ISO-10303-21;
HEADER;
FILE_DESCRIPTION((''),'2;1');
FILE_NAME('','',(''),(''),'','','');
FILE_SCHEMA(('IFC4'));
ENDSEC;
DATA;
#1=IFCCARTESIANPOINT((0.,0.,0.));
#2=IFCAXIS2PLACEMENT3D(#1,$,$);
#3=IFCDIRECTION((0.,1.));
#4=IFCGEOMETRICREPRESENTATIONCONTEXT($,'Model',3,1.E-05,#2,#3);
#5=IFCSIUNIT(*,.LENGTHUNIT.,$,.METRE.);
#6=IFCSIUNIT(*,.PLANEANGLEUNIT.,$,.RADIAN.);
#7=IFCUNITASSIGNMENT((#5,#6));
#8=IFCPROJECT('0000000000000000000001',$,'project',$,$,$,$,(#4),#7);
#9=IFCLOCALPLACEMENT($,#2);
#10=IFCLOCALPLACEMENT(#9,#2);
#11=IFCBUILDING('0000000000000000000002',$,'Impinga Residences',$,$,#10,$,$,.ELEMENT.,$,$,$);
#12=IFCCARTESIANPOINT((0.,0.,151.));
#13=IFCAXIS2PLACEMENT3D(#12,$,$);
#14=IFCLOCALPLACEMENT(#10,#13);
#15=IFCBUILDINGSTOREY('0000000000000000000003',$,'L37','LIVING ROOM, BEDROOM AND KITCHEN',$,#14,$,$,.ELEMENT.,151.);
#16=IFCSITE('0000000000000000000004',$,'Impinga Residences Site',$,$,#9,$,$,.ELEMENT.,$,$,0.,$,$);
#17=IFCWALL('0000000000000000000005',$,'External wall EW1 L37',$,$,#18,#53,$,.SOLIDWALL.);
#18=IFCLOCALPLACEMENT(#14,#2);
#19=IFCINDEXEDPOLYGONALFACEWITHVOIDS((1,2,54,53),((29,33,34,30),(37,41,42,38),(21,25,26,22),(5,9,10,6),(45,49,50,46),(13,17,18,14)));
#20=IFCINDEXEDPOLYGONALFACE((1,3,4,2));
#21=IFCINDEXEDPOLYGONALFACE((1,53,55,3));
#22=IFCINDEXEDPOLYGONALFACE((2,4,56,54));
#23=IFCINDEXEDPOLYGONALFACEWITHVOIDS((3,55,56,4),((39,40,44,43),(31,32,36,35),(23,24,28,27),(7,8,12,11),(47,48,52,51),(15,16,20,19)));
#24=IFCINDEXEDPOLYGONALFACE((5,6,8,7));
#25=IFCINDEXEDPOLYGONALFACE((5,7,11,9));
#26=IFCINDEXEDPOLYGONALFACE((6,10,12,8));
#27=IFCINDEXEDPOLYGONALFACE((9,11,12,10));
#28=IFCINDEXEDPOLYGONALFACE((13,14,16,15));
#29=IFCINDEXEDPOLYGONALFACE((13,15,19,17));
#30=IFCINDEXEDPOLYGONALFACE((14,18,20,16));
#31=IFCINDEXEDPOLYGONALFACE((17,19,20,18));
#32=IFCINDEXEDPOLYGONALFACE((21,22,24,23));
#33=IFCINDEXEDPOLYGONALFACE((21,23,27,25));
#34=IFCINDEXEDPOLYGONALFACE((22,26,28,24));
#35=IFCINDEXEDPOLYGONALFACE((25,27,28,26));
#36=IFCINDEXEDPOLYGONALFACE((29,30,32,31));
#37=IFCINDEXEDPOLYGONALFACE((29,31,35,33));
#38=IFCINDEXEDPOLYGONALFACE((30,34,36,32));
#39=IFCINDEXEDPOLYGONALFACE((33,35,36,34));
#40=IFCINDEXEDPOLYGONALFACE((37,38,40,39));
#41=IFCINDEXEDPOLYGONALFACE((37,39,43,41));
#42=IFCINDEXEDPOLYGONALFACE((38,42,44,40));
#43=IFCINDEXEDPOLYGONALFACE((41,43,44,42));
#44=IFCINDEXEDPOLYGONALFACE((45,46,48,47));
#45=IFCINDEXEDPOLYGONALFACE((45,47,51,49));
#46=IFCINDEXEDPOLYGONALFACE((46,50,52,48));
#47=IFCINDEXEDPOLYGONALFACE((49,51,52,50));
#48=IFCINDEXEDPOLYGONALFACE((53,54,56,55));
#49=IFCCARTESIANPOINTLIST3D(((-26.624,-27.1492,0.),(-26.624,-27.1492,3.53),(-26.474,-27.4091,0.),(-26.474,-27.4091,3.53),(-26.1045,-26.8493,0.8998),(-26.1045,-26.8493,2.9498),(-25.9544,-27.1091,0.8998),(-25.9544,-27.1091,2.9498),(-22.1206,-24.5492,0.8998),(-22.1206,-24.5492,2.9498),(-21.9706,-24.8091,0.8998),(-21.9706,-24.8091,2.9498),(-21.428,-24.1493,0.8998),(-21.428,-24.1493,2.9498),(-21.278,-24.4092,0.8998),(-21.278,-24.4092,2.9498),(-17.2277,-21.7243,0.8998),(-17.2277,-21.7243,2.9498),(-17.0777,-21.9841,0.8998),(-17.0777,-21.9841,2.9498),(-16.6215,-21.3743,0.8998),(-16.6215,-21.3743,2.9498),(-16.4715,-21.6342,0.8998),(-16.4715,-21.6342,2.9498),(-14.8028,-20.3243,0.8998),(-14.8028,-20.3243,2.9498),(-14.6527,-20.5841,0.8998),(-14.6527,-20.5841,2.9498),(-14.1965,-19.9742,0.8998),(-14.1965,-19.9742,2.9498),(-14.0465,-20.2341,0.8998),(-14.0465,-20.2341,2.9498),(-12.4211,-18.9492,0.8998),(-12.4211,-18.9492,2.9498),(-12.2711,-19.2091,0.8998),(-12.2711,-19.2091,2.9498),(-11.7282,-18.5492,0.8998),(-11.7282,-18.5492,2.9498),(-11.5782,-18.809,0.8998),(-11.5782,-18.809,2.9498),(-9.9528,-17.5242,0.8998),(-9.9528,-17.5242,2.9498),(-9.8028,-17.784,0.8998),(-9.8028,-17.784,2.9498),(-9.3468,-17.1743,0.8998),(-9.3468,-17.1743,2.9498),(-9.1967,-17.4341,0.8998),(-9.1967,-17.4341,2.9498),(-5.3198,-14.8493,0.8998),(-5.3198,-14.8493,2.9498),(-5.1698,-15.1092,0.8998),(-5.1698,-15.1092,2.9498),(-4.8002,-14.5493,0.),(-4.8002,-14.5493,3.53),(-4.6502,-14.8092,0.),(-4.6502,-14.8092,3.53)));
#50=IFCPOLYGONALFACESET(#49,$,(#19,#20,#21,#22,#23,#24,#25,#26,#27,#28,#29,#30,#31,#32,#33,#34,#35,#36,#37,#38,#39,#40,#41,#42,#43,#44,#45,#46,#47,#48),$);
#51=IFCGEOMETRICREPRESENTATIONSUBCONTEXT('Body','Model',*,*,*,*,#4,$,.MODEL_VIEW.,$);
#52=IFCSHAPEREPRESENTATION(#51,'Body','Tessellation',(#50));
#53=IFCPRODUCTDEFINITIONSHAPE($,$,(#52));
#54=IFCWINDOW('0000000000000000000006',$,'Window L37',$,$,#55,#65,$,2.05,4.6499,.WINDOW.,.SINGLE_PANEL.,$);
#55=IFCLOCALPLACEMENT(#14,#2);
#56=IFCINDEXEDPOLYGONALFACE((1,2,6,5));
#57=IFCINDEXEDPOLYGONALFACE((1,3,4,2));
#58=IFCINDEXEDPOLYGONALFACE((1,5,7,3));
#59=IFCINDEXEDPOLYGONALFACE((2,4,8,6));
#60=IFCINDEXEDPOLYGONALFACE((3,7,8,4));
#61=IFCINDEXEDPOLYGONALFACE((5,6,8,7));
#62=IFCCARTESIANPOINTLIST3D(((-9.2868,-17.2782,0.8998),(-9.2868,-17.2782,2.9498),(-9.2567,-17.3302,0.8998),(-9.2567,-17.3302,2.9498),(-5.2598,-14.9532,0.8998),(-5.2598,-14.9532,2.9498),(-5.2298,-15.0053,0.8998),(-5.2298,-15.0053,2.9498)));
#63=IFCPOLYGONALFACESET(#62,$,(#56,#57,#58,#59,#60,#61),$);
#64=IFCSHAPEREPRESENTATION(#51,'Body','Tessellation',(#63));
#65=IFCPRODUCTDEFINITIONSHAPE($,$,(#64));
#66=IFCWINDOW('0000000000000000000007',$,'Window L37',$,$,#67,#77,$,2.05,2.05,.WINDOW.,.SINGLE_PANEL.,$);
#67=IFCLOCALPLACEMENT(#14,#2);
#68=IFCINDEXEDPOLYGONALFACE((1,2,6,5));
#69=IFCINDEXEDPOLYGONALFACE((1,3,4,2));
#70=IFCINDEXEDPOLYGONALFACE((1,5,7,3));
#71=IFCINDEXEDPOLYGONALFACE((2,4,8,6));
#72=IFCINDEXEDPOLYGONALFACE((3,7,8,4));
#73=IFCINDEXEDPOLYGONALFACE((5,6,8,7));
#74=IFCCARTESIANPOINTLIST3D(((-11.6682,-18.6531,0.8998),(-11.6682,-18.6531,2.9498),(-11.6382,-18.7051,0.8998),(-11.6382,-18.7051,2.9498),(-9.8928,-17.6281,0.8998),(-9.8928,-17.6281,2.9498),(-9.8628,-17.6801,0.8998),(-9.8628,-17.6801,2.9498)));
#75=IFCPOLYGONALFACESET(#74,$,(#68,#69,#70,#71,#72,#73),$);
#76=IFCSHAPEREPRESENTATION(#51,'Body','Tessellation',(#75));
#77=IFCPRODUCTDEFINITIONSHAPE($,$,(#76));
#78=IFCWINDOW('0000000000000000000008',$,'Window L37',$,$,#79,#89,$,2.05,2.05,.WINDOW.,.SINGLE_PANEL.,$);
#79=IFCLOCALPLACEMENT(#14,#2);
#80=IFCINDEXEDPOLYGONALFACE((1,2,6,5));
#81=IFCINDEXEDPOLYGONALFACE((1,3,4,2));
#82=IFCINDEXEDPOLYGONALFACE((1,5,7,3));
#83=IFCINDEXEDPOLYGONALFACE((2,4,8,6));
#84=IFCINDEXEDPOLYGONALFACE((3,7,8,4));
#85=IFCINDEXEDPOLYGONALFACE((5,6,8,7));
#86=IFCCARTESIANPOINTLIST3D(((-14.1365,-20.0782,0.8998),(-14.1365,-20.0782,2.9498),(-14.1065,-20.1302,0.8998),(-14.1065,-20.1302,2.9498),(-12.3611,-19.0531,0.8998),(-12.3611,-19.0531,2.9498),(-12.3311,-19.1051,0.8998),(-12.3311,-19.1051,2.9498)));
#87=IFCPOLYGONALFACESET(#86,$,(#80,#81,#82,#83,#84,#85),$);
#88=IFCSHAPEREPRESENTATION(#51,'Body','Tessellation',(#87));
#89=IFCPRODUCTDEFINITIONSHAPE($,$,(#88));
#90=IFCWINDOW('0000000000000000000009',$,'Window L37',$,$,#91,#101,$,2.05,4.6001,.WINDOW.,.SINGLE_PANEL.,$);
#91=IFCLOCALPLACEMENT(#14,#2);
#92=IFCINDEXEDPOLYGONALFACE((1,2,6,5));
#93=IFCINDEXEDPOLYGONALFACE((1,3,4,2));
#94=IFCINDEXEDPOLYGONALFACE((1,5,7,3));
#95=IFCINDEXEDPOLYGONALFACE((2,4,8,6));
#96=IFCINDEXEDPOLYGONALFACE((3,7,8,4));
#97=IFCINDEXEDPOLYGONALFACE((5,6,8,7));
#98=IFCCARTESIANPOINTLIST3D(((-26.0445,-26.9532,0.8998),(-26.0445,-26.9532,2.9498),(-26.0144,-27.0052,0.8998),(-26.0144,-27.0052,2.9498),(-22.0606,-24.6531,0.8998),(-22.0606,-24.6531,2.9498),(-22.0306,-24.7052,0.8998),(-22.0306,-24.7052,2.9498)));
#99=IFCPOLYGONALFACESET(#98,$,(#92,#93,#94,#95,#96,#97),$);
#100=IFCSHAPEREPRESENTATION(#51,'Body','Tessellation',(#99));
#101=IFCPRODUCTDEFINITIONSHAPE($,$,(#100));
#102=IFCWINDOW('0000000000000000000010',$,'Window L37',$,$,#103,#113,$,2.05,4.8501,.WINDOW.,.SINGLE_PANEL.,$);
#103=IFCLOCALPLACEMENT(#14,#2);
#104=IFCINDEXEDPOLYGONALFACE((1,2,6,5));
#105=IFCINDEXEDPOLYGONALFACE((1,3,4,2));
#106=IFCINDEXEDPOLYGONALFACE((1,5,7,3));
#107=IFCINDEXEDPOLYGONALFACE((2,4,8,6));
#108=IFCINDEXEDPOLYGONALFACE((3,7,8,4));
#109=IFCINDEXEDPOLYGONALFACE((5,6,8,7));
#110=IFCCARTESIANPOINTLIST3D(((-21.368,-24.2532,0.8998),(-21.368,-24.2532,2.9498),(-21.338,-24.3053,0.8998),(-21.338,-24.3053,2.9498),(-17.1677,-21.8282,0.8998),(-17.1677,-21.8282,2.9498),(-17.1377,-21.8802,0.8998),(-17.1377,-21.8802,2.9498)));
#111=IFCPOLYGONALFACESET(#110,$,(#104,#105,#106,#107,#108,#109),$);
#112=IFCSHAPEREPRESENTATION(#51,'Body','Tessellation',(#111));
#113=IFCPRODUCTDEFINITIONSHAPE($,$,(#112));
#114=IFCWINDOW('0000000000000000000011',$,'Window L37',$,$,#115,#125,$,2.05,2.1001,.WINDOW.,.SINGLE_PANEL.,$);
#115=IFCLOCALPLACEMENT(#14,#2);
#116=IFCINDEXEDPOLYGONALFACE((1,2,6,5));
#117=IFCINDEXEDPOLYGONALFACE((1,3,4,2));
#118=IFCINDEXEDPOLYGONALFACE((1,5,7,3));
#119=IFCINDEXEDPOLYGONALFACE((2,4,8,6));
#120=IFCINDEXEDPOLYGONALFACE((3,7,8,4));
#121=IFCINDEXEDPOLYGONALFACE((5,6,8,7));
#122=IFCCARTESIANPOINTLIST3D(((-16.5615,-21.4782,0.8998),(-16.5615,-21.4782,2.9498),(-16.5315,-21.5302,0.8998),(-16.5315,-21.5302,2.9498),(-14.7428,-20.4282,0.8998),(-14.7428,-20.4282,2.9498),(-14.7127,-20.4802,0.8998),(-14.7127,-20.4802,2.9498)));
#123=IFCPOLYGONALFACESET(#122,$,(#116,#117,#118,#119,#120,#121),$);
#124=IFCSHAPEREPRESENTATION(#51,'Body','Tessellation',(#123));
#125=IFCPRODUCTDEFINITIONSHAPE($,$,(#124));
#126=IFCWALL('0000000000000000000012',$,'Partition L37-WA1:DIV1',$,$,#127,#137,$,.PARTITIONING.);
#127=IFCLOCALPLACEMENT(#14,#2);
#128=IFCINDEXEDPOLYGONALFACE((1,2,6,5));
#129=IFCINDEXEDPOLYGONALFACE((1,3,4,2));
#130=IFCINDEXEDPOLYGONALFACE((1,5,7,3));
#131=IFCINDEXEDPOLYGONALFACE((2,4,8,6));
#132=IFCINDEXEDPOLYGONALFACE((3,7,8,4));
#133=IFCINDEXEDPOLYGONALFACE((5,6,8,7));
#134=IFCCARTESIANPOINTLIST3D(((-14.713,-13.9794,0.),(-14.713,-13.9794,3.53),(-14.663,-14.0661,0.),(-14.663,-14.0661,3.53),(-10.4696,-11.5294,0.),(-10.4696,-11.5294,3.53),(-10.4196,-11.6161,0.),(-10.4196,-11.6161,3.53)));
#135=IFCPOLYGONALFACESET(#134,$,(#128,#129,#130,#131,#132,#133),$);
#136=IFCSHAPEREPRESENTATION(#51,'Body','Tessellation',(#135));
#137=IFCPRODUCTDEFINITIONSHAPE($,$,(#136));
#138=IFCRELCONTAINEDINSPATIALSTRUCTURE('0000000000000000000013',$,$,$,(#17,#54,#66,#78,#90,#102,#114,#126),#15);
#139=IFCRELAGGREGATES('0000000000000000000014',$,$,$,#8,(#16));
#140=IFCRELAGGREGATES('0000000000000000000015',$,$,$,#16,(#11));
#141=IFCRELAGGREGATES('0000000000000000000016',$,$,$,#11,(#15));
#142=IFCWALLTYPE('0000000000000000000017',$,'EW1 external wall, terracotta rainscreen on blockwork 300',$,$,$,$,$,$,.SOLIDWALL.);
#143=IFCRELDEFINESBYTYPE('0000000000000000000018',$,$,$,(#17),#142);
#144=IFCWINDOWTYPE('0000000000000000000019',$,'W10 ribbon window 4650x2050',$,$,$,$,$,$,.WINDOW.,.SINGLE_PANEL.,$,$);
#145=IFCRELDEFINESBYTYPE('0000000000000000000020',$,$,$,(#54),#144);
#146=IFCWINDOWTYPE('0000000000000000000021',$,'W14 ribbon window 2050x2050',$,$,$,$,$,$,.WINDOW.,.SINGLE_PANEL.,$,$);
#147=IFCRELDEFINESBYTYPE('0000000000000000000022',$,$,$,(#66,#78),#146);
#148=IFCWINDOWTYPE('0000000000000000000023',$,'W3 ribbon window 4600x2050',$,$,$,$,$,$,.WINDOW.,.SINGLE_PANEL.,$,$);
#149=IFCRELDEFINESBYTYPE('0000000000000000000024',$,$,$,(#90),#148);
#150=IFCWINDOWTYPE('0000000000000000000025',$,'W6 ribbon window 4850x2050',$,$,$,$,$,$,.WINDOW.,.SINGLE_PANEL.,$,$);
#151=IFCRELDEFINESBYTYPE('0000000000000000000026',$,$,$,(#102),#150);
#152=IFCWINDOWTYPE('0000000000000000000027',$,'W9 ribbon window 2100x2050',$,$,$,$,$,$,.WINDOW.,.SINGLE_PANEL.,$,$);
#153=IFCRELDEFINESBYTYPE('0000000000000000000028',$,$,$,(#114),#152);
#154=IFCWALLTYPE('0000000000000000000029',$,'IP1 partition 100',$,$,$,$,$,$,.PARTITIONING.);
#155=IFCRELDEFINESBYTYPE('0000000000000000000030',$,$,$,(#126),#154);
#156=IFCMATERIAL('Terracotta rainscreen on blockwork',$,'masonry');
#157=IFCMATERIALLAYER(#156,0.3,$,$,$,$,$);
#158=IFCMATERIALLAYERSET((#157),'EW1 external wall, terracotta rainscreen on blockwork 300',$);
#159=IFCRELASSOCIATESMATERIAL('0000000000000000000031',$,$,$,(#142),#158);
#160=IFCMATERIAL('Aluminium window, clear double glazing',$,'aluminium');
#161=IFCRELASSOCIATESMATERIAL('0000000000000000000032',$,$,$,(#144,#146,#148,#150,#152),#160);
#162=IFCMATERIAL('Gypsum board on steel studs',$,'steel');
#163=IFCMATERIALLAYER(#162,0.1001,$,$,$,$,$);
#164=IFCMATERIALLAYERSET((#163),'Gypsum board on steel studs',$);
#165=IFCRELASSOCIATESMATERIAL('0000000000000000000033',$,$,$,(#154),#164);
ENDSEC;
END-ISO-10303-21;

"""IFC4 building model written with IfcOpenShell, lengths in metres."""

from ifc_helpers import new_model, si_unit, direction, frame, frame_2d, origin, place, context, subcontext, project, spatial, rectangle, extrude, material, layer, layer_set, type_object, element, fill, save


model = new_model("IFC4")

# Units and contexts
model_context = context("Model", 3, precision=1e-05, world=origin(), true_north=direction((0.0, 1.0)))
body_context = subcontext(model_context, "Body", "Model", "MODEL_VIEW")
ifc_project = project(units=[si_unit("LENGTHUNIT", "METRE"), si_unit("PLANEANGLEUNIT", "RADIAN")], contexts=[model_context])

# Site, building, storey
site_placement = place(None, origin())
site = spatial("IfcSite", under=ifc_project, at=site_placement, Name="Impinga Residences Site", CompositionType="ELEMENT", RefElevation=0.0)
building_placement = place(site_placement, origin())
building = spatial("IfcBuilding", under=site, at=building_placement, Name="Impinga Residences", CompositionType="ELEMENT")
storey_placement = place(building_placement, frame((0.0, 0.0, 151.0)))
storey = spatial("IfcBuildingStorey", under=building, at=storey_placement, Name="L37", Description="LIVING ROOM, BEDROOM AND KITCHEN", CompositionType="ELEMENT", Elevation=151.0)

# Shared definitions
ifc_material_1 = material(Name="Terracotta rainscreen on blockwork", Category="masonry")
ifc_layer_1 = layer(ifc_material_1, 0.3)
ifc_layer_set_1 = layer_set([ifc_layer_1], Name="EW1 external wall, terracotta rainscreen on blockwork 300")
wall_type_1 = type_object("IfcWallType", Name="EW1 external wall, terracotta rainscreen on blockwork 300", PredefinedType="SOLIDWALL", material=ifc_layer_set_1)

# Wall, openings, windows
wall_1_placement = place(storey_placement, frame((-4.7251, -14.6792, 0.0), z_axis=(0.0, 0.0, 1.0), x_axis=(-0.866027, -0.499998, 0.0)))
wall_1 = element("IfcWall", 1, at=wall_1_placement, inside=storey, type_object=wall_type_1, Name="External wall EW1 L37", PredefinedType="SOLIDWALL", context=body_context, shape_type="SweptSolid", body=[
    extrude(rectangle(XDim=25.2, YDim=0.3, at=frame_2d((12.6001, 0.0))), origin(), (0.0, 0.0, 1.0), 3.53),
])
opening_1_placement = place(wall_1_placement, frame((0.6001, 0.0, 0.8999)))
opening_1 = element("IfcOpeningElement", 2, at=opening_1_placement, cuts=wall_1, PredefinedType="OPENING", context=body_context, shape_type="SweptSolid", body=[
    extrude(rectangle(XDim=4.6499, YDim=2.05, at=frame_2d((2.325, 1.0249))), frame((0.0, 0.1599, 0.0), z_axis=(0.0, -1.0, 0.0), x_axis=(1.0, 0.0, 0.0)), (0.0, 0.0, 1.0), 0.3201),
])
opening_2_placement = place(wall_1_placement, frame((5.95, 0.0, 0.8999)))
opening_2 = element("IfcOpeningElement", 3, at=opening_2_placement, cuts=wall_1, PredefinedType="OPENING", context=body_context, shape_type="SweptSolid", body=[
    extrude(rectangle(XDim=2.05, YDim=2.05, at=frame_2d((1.0249, 1.0249))), frame((0.0, 0.1599, 0.0), z_axis=(0.0, -1.0, 0.0), x_axis=(1.0, 0.0, 0.0)), (0.0, 0.0, 1.0), 0.3201),
])
opening_3_placement = place(wall_1_placement, frame((8.8, 0.0, 0.8999)))
opening_3 = element("IfcOpeningElement", 4, at=opening_3_placement, cuts=wall_1, PredefinedType="OPENING", context=body_context, shape_type="SweptSolid", body=[
    extrude(rectangle(XDim=2.05, YDim=2.05, at=frame_2d((1.0249, 1.0249))), frame((0.0, 0.1599, 0.0), z_axis=(0.0, -1.0, 0.0), x_axis=(1.0, 0.0, 0.0)), (0.0, 0.0, 1.0), 0.3201),
])
opening_4_placement = place(wall_1_placement, frame((11.55, 0.0, 0.8999)))
opening_4 = element("IfcOpeningElement", 5, at=opening_4_placement, cuts=wall_1, PredefinedType="OPENING", context=body_context, shape_type="SweptSolid", body=[
    extrude(rectangle(XDim=2.1001, YDim=2.05, at=frame_2d((1.05, 1.0249))), frame((0.0, 0.1599, 0.0), z_axis=(0.0, -1.0, 0.0), x_axis=(1.0, 0.0, 0.0)), (0.0, 0.0, 1.0), 0.3201),
])
opening_5_placement = place(wall_1_placement, frame((14.3501, 0.0, 0.8999)))
opening_5 = element("IfcOpeningElement", 6, at=opening_5_placement, cuts=wall_1, PredefinedType="OPENING", context=body_context, shape_type="SweptSolid", body=[
    extrude(rectangle(XDim=4.8501, YDim=2.05, at=frame_2d((2.425, 1.0249))), frame((0.0, 0.1599, 0.0), z_axis=(0.0, -1.0, 0.0), x_axis=(1.0, 0.0, 0.0)), (0.0, 0.0, 1.0), 0.3201),
])
opening_6_placement = place(wall_1_placement, frame((20.0, 0.0, 0.8999)))
opening_6 = element("IfcOpeningElement", 7, at=opening_6_placement, cuts=wall_1, PredefinedType="OPENING", context=body_context, shape_type="SweptSolid", body=[
    extrude(rectangle(XDim=4.6001, YDim=2.05, at=frame_2d((2.3, 1.0249))), frame((0.0, 0.1599, 0.0), z_axis=(0.0, -1.0, 0.0), x_axis=(1.0, 0.0, 0.0)), (0.0, 0.0, 1.0), 0.3201),
])
ifc_material_2 = material(Name="Aluminium window, clear double glazing", Category="aluminium")
window_type_1 = type_object("IfcWindowType", Name="W10 ribbon window 4650x2050", PartitioningType="SINGLE_PANEL", PredefinedType="WINDOW", material=ifc_material_2)
window_1_placement = place(opening_1_placement, origin())
window_1 = element("IfcWindow", 8, at=window_1_placement, inside=storey, type_object=window_type_1, Name="Window L37", OverallHeight=2.05, OverallWidth=4.6499, PartitioningType="SINGLE_PANEL", PredefinedType="WINDOW", context=body_context, shape_type="SweptSolid", body=[
    extrude(rectangle(XDim=4.6499, YDim=2.05, at=frame_2d((2.325, 1.0249))), frame((0.0, 0.03, 0.0), z_axis=(0.0, -1.0, 0.0), x_axis=(1.0, 0.0, 0.0)), (0.0, 0.0, 1.0), 0.0601),
])
fill(opening_1, window_1)
window_type_2 = type_object("IfcWindowType", Name="W14 ribbon window 2050x2050", PartitioningType="SINGLE_PANEL", PredefinedType="WINDOW", material=ifc_material_2)
window_2_placement = place(opening_2_placement, origin())
window_2 = element("IfcWindow", 9, at=window_2_placement, inside=storey, type_object=window_type_2, Name="Window L37", OverallHeight=2.05, OverallWidth=2.05, PartitioningType="SINGLE_PANEL", PredefinedType="WINDOW", context=body_context, shape_type="SweptSolid", body=[
    extrude(rectangle(XDim=2.05, YDim=2.05, at=frame_2d((1.0249, 1.0249))), frame((0.0, 0.03, 0.0), z_axis=(0.0, -1.0, 0.0), x_axis=(1.0, 0.0, 0.0)), (0.0, 0.0, 1.0), 0.0601),
])
fill(opening_2, window_2)
window_3_placement = place(opening_3_placement, origin())
window_3 = element("IfcWindow", 10, at=window_3_placement, inside=storey, type_object=window_type_2, Name="Window L37", OverallHeight=2.05, OverallWidth=2.05, PartitioningType="SINGLE_PANEL", PredefinedType="WINDOW", context=body_context, shape_type="SweptSolid", body=[
    extrude(rectangle(XDim=2.05, YDim=2.05, at=frame_2d((1.0249, 1.0249))), frame((0.0, 0.03, 0.0), z_axis=(0.0, -1.0, 0.0), x_axis=(1.0, 0.0, 0.0)), (0.0, 0.0, 1.0), 0.0601),
])
fill(opening_3, window_3)
window_type_3 = type_object("IfcWindowType", Name="W3 ribbon window 4600x2050", PartitioningType="SINGLE_PANEL", PredefinedType="WINDOW", material=ifc_material_2)
window_4_placement = place(opening_6_placement, origin())
window_4 = element("IfcWindow", 11, at=window_4_placement, inside=storey, type_object=window_type_3, Name="Window L37", OverallHeight=2.05, OverallWidth=4.6001, PartitioningType="SINGLE_PANEL", PredefinedType="WINDOW", context=body_context, shape_type="SweptSolid", body=[
    extrude(rectangle(XDim=4.6001, YDim=2.05, at=frame_2d((2.3, 1.0249))), frame((0.0, 0.03, 0.0), z_axis=(0.0, -1.0, 0.0), x_axis=(1.0, 0.0, 0.0)), (0.0, 0.0, 1.0), 0.0601),
])
fill(opening_6, window_4)
window_type_4 = type_object("IfcWindowType", Name="W6 ribbon window 4850x2050", PartitioningType="SINGLE_PANEL", PredefinedType="WINDOW", material=ifc_material_2)
window_5_placement = place(opening_5_placement, origin())
window_5 = element("IfcWindow", 12, at=window_5_placement, inside=storey, type_object=window_type_4, Name="Window L37", OverallHeight=2.05, OverallWidth=4.8501, PartitioningType="SINGLE_PANEL", PredefinedType="WINDOW", context=body_context, shape_type="SweptSolid", body=[
    extrude(rectangle(XDim=4.8501, YDim=2.05, at=frame_2d((2.425, 1.0249))), frame((0.0, 0.03, 0.0), z_axis=(0.0, -1.0, 0.0), x_axis=(1.0, 0.0, 0.0)), (0.0, 0.0, 1.0), 0.0601),
])
fill(opening_5, window_5)
window_type_5 = type_object("IfcWindowType", Name="W9 ribbon window 2100x2050", PartitioningType="SINGLE_PANEL", PredefinedType="WINDOW", material=ifc_material_2)
window_6_placement = place(opening_4_placement, origin())
window_6 = element("IfcWindow", 13, at=window_6_placement, inside=storey, type_object=window_type_5, Name="Window L37", OverallHeight=2.05, OverallWidth=2.1001, PartitioningType="SINGLE_PANEL", PredefinedType="WINDOW", context=body_context, shape_type="SweptSolid", body=[
    extrude(rectangle(XDim=2.1001, YDim=2.05, at=frame_2d((1.05, 1.0249))), frame((0.0, 0.03, 0.0), z_axis=(0.0, -1.0, 0.0), x_axis=(1.0, 0.0, 0.0)), (0.0, 0.0, 1.0), 0.0601),
])
fill(opening_4, window_6)

# Wall
ifc_material_3 = material(Name="Gypsum board on steel studs", Category="steel")
ifc_layer_2 = layer(ifc_material_3, 0.1001)
ifc_layer_set_2 = layer_set([ifc_layer_2], Name="Gypsum board on steel studs")
wall_type_2 = type_object("IfcWallType", Name="IP1 partition 100", PredefinedType="PARTITIONING", material=ifc_layer_set_2)
wall_2_placement = place(storey_placement, frame((-10.4446, -11.5728, 0.0), z_axis=(0.0, 0.0, 1.0), x_axis=(-0.866024, -0.500003, 0.0)))
element("IfcWall", 14, at=wall_2_placement, inside=storey, type_object=wall_type_2, Name="Partition L37-WA1:DIV1", PredefinedType="PARTITIONING", context=body_context, shape_type="SweptSolid", body=[
    extrude(rectangle(XDim=4.8999, YDim=0.1001, at=frame_2d((2.45, 0.0))), origin(), (0.0, 0.0, 1.0), 3.53),
])

save(model, "model.ifc")
